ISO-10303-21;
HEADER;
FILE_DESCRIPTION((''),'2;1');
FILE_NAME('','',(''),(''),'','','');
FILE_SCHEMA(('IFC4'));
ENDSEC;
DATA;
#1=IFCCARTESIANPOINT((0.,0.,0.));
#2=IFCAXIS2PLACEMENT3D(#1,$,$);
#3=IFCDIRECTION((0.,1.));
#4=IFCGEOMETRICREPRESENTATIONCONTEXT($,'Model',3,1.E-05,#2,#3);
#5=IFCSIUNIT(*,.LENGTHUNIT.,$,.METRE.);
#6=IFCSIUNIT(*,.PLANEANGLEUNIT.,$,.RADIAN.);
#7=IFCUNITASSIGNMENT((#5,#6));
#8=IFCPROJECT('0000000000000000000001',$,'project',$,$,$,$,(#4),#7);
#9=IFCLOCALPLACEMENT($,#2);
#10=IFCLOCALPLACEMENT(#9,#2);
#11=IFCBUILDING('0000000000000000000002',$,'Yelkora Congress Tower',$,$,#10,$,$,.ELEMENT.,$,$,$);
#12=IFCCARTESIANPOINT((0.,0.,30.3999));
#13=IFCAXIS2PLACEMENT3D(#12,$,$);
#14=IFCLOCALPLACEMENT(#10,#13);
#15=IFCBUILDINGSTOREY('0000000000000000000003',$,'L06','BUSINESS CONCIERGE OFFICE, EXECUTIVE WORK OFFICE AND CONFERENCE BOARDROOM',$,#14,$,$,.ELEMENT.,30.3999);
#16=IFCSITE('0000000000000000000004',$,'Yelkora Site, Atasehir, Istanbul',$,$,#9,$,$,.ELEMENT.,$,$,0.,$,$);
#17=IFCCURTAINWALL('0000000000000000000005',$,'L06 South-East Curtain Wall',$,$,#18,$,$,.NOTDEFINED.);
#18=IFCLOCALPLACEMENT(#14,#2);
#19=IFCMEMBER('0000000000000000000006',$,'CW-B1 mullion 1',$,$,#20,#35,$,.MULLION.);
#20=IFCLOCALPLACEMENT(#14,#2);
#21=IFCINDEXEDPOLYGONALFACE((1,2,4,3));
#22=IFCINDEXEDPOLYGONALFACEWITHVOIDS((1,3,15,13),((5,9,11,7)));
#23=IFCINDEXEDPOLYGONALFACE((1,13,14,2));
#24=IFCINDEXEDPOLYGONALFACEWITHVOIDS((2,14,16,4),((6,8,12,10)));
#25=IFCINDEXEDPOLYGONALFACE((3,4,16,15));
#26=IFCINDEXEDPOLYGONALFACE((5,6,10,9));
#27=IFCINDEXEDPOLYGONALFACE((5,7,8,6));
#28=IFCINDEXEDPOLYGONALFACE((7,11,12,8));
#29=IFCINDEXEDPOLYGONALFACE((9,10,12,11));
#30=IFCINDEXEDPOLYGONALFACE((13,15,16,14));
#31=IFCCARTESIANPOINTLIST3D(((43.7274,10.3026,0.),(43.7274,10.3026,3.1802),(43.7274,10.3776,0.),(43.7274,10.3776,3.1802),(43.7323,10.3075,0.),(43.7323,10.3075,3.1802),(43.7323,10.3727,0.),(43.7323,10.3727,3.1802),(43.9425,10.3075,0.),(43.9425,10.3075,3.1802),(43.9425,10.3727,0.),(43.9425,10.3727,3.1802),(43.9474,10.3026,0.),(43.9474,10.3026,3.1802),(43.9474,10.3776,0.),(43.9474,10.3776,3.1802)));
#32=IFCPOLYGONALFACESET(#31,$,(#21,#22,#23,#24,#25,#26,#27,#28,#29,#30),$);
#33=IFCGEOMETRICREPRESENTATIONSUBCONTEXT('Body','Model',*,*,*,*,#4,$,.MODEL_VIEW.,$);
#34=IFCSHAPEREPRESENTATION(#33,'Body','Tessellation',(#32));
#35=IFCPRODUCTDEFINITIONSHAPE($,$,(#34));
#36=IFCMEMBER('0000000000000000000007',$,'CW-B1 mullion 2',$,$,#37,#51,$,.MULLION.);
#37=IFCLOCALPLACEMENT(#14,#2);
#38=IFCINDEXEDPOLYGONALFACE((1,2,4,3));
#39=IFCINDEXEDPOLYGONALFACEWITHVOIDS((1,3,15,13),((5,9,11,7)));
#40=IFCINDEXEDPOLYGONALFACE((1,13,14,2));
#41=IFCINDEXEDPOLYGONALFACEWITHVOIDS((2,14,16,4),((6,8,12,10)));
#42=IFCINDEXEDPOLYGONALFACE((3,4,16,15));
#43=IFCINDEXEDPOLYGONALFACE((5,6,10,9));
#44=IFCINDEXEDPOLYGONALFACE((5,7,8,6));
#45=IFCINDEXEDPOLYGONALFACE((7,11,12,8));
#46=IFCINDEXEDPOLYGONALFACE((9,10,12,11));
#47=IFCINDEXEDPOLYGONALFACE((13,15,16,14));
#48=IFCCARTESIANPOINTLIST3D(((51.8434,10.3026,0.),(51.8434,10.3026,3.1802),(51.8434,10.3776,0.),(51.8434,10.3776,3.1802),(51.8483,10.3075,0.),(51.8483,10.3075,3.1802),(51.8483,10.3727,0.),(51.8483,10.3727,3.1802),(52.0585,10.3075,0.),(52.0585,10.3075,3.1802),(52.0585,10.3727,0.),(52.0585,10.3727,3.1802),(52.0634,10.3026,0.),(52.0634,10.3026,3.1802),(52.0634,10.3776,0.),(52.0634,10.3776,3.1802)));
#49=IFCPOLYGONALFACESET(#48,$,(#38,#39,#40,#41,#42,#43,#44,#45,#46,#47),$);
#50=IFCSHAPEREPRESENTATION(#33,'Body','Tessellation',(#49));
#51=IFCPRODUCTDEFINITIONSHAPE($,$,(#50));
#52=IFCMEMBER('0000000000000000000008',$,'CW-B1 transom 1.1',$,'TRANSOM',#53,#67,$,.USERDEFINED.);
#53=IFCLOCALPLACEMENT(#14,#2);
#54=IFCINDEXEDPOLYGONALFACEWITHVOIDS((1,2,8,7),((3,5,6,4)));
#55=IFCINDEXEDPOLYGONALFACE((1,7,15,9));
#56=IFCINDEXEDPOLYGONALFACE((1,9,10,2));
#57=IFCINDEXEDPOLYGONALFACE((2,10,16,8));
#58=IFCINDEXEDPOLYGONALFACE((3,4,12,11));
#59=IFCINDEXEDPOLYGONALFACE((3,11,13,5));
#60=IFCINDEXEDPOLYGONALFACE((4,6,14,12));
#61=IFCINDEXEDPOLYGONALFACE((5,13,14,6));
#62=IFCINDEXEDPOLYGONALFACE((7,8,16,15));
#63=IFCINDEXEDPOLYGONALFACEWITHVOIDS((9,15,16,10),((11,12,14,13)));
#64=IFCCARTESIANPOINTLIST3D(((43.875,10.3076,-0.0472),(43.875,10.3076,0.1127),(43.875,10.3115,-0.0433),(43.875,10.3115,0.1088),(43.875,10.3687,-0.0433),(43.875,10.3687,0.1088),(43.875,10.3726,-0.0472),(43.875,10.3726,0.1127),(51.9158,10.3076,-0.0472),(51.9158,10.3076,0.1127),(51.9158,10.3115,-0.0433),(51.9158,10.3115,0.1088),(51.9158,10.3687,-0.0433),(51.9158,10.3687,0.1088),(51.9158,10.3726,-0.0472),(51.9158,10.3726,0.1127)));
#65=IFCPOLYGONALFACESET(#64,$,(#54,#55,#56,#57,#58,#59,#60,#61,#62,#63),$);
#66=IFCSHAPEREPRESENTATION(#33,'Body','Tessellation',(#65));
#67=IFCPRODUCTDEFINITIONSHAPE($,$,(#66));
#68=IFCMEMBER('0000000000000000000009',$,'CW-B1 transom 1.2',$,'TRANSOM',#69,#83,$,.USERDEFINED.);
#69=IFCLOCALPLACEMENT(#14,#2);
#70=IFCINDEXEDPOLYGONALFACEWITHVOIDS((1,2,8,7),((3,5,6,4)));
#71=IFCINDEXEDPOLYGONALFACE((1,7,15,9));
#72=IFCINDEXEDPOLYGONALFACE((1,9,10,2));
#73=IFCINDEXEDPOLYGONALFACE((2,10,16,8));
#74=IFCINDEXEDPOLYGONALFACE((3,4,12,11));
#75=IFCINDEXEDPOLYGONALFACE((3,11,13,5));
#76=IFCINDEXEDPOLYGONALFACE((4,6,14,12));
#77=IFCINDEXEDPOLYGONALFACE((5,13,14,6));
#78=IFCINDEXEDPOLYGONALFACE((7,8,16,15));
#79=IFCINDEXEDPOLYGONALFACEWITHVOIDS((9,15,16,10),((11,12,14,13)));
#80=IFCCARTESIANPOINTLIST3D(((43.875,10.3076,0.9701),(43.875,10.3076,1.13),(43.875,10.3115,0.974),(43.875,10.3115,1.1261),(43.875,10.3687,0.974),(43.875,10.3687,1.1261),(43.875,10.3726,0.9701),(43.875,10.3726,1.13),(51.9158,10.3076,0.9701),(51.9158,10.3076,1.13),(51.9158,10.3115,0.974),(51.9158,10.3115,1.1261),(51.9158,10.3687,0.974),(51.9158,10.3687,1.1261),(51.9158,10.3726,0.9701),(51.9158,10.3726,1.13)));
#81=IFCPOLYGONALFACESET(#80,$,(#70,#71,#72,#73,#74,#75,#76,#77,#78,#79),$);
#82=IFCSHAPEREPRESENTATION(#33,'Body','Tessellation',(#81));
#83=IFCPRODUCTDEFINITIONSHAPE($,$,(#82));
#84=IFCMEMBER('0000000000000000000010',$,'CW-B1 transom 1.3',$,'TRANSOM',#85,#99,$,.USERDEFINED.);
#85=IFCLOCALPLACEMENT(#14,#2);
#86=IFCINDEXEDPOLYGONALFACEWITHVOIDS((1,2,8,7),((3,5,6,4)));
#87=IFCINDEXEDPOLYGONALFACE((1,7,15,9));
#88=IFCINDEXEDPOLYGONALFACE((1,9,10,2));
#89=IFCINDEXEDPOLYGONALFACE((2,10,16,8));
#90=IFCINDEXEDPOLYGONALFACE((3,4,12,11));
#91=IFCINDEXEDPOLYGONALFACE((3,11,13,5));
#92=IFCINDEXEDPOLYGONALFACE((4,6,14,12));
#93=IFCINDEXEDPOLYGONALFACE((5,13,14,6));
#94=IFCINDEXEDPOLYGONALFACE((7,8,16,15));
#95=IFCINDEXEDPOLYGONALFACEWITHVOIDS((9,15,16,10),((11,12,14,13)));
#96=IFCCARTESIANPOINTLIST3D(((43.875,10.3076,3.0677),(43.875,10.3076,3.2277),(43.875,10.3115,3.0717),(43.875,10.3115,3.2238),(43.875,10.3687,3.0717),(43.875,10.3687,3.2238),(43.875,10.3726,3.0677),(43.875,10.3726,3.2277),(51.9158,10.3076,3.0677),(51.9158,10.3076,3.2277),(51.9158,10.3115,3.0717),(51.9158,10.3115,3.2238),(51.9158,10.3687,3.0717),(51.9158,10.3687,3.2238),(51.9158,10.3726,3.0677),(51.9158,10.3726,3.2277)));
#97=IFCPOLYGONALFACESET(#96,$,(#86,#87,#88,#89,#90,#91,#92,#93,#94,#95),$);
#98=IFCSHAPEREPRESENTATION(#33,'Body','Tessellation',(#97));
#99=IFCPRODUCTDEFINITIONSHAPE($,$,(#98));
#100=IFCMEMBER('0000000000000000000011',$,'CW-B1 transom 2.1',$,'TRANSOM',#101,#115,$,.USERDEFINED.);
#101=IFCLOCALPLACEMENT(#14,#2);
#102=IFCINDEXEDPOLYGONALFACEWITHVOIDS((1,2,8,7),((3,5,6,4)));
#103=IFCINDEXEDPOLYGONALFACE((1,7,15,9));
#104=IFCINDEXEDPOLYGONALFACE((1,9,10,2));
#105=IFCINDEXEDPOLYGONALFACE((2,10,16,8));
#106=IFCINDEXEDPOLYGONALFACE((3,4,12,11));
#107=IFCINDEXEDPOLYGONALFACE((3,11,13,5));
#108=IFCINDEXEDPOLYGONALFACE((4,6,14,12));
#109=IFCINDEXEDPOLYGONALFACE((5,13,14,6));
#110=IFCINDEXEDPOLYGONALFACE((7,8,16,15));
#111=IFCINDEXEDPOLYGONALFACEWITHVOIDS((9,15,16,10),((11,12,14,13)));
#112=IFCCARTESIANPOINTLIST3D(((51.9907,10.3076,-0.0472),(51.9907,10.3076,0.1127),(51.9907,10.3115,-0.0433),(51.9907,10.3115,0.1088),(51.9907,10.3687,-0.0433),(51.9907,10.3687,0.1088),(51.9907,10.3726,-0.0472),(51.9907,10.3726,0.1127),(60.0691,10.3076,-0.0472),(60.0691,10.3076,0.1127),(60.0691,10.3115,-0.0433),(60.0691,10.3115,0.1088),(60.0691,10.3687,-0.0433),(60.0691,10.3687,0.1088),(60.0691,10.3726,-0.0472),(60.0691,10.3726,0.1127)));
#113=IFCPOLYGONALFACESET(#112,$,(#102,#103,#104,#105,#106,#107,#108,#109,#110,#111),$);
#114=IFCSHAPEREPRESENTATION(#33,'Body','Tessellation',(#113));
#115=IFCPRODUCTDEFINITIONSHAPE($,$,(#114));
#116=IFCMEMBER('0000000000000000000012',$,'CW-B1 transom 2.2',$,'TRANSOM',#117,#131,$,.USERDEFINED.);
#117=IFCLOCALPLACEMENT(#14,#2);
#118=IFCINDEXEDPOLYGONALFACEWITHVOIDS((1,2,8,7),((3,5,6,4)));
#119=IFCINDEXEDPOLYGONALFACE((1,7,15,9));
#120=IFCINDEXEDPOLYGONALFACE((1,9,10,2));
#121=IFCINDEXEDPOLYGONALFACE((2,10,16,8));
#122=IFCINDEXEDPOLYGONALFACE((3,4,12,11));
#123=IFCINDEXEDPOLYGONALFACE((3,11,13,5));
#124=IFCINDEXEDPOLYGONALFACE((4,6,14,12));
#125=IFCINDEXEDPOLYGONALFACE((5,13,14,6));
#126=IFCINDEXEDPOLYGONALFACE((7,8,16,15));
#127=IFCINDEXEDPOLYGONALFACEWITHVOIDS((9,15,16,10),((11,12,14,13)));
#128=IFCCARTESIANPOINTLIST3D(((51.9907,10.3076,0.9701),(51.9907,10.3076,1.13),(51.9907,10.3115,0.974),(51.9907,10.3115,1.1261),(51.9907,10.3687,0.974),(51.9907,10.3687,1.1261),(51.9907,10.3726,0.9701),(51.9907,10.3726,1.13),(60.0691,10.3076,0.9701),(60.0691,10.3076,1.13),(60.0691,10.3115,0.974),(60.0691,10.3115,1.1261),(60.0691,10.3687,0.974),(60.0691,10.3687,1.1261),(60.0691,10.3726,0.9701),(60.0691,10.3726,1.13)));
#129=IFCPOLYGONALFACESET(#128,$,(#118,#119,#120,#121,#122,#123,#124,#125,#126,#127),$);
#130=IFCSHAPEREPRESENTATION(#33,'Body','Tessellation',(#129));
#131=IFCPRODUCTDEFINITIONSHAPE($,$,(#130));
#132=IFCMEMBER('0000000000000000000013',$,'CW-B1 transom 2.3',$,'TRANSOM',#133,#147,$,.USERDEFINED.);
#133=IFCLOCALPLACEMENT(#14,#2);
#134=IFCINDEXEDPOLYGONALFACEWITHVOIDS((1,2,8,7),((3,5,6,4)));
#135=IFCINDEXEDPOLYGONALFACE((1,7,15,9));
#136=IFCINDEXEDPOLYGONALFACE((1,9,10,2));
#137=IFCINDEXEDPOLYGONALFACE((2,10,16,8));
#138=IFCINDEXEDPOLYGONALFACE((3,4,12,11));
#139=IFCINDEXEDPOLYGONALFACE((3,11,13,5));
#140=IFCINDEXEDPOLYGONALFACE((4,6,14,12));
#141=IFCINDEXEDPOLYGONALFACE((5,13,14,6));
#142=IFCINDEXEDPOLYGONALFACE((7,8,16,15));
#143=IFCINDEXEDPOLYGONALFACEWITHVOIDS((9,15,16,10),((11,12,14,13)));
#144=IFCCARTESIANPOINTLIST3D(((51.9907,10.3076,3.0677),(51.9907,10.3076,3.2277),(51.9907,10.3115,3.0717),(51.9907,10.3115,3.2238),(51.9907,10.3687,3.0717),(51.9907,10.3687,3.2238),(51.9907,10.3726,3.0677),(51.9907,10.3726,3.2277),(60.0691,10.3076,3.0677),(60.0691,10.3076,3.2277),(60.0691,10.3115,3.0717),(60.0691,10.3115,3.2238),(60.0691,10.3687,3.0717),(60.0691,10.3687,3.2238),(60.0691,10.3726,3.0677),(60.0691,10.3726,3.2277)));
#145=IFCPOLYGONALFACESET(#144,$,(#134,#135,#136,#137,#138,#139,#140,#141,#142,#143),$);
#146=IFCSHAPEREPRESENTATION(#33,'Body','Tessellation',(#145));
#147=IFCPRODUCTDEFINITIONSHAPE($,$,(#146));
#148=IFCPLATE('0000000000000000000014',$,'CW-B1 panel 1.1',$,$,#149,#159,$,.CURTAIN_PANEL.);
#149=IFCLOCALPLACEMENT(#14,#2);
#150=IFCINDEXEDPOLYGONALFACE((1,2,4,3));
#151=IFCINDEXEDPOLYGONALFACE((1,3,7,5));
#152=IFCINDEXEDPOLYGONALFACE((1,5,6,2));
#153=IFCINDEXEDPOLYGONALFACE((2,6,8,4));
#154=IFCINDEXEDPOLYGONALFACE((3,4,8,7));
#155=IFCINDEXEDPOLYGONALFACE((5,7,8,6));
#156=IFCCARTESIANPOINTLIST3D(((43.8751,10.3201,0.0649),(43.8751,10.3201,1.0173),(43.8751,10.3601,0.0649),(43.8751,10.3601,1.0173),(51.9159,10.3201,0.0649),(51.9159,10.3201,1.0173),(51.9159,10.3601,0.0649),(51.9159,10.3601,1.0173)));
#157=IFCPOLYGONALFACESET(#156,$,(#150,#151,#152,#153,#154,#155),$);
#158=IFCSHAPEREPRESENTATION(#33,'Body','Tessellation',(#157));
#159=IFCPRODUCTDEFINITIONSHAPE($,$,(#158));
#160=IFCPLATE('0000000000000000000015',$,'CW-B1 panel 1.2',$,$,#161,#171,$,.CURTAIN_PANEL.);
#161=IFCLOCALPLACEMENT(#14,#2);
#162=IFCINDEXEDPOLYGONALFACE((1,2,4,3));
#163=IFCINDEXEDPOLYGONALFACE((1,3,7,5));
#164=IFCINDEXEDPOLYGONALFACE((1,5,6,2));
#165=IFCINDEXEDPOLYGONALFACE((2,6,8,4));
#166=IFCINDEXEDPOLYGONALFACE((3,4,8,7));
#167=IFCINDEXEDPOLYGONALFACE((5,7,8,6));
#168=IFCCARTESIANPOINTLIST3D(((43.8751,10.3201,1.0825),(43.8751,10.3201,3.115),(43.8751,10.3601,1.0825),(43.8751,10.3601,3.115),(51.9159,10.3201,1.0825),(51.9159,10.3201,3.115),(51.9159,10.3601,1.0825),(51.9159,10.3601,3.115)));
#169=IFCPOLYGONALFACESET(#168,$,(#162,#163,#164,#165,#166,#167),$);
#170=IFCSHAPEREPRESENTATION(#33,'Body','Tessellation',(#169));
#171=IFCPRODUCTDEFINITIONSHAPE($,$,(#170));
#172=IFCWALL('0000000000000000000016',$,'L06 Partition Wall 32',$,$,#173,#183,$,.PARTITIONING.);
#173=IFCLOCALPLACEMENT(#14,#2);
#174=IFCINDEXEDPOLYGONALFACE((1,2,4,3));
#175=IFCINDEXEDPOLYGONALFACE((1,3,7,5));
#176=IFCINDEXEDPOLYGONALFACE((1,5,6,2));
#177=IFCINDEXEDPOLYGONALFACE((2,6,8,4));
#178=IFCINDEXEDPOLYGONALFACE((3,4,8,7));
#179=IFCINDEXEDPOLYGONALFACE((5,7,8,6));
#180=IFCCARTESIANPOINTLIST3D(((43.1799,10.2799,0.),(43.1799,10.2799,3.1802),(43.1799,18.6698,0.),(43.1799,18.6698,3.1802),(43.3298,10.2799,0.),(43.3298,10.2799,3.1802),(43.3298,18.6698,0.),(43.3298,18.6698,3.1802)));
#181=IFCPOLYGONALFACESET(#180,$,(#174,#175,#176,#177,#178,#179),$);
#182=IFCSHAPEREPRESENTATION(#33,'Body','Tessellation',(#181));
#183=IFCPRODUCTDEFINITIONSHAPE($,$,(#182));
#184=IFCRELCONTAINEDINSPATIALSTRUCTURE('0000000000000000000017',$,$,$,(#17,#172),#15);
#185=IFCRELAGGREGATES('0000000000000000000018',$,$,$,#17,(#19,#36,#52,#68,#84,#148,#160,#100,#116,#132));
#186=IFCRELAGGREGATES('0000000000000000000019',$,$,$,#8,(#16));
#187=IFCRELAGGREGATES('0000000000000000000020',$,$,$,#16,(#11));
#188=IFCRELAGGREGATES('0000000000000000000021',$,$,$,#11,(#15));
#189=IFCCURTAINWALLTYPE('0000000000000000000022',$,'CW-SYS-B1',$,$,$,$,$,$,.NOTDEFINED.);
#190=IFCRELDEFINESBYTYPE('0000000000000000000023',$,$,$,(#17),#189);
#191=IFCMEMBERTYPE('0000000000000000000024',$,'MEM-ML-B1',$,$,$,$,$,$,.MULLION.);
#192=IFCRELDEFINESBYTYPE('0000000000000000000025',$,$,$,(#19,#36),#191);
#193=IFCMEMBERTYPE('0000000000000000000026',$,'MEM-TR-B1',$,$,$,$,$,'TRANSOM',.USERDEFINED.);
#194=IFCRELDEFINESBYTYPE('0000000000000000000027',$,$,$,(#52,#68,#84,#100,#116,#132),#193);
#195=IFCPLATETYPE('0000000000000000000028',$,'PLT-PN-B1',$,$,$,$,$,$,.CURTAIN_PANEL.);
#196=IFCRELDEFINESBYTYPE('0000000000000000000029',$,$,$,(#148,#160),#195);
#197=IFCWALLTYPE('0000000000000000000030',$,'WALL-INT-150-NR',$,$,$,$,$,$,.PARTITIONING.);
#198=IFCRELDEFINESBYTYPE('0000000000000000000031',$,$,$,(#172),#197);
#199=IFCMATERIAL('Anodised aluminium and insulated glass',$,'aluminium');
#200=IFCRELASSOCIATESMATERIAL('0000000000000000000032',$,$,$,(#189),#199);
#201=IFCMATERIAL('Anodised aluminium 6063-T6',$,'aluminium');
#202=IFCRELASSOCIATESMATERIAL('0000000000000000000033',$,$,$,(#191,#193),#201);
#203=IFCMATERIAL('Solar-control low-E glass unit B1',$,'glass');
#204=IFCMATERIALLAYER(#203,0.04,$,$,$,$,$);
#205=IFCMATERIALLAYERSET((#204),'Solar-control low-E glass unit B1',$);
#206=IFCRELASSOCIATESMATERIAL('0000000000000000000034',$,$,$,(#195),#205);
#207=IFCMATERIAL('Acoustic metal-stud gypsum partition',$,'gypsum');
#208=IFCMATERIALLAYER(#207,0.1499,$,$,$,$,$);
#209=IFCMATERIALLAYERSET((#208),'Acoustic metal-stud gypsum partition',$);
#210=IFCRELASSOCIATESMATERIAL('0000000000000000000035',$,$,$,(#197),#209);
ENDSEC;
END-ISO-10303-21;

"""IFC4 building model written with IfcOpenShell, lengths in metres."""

from ifc_helpers import new_model, si_unit, direction, frame, frame_2d, origin, origin_2d, place, context, subcontext, project, spatial, rectangle, hollow_rectangle, extrude, material, layer, layer_set, material_profile, profile_set, type_object, element, aggregate, save


model = new_model("IFC4")

# Units and contexts
model_context = context("Model", 3, precision=1e-05, world=origin(), true_north=direction((0.0, 1.0)))
body_context = subcontext(model_context, "Body", "Model", "MODEL_VIEW")
ifc_project = project(units=[si_unit("LENGTHUNIT", "METRE"), si_unit("PLANEANGLEUNIT", "RADIAN")], contexts=[model_context])

# Site, building, storey
site_placement = place(None, origin())
site = spatial("IfcSite", under=ifc_project, at=site_placement, Name="Yelkora Site, Atasehir, Istanbul", CompositionType="ELEMENT", RefElevation=0.0)
building_placement = place(site_placement, origin())
building = spatial("IfcBuilding", under=site, at=building_placement, Name="Yelkora Congress Tower", CompositionType="ELEMENT")
storey_placement = place(building_placement, frame((0.0, 0.0, 30.3999)))
storey = spatial("IfcBuildingStorey", under=building, at=storey_placement, Name="L06", Description="BUSINESS CONCIERGE OFFICE, EXECUTIVE WORK OFFICE AND CONFERENCE BOARDROOM", CompositionType="ELEMENT", Elevation=30.3999)

# Curtain wall, members, plates
ifc_material_1 = material(Name="Anodised aluminium and insulated glass", Category="aluminium")
curtain_wall_type = type_object("IfcCurtainWallType", Name="CW-SYS-B1", PredefinedType="NOTDEFINED", material=ifc_material_1)
curtain_wall_placement = place(storey_placement, origin())
curtain_wall = element("IfcCurtainWall", 1, at=curtain_wall_placement, inside=storey, type_object=curtain_wall_type, Name="L06 South-East Curtain Wall", PredefinedType="NOTDEFINED")
ifc_material_2 = material(Name="Anodised aluminium 6063-T6", Category="aluminium")
ifc_material_profile_1 = material_profile(ifc_material_2, hollow_rectangle(XDim=0.075, YDim=0.22, WallThickness=0.0049, at=origin_2d()), Name="ALU 75x220x5")
ifc_profile_set_1 = profile_set([ifc_material_profile_1], Name="Anodised aluminium 6063-T6")
member_type_1 = type_object("IfcMemberType", Name="MEM-ML-B1", PredefinedType="MULLION", material=ifc_profile_set_1)
member_1_placement = place(storey_placement, frame((43.8374, 10.3401, 0.0), z_axis=(0.0, 0.0, 1.0), x_axis=(0.0, 1.0, 0.0)))
member_1 = element("IfcMember", 2, at=member_1_placement, type_object=member_type_1, Name="CW-B1 mullion 1", PredefinedType="MULLION", context=body_context, shape_type="SweptSolid", body=[
    extrude(hollow_rectangle(XDim=0.075, YDim=0.22, WallThickness=0.0049, at=origin_2d()), origin(), (0.0, 0.0, 1.0), 3.1802),
])
member_2_placement = place(storey_placement, frame((51.9534, 10.3401, 0.0), z_axis=(0.0, 0.0, 1.0), x_axis=(0.0, 1.0, 0.0)))
member_2 = element("IfcMember", 3, at=member_2_placement, type_object=member_type_1, Name="CW-B1 mullion 2", PredefinedType="MULLION", context=body_context, shape_type="SweptSolid", body=[
    extrude(hollow_rectangle(XDim=0.075, YDim=0.22, WallThickness=0.0049, at=origin_2d()), origin(), (0.0, 0.0, 1.0), 3.1802),
])
ifc_material_profile_2 = material_profile(ifc_material_2, hollow_rectangle(XDim=0.0649, YDim=0.1599, WallThickness=0.0039, at=origin_2d()), Name="ALU 65x160x4")
ifc_profile_set_2 = profile_set([ifc_material_profile_2], Name="Anodised aluminium 6063-T6")
member_type_2 = type_object("IfcMemberType", Name="MEM-TR-B1", ElementType="TRANSOM", PredefinedType="USERDEFINED", material=ifc_profile_set_2)
member_3_placement = place(storey_placement, frame((43.875, 10.3401, 0.0327), z_axis=(1.0, 0.0, 0.0), x_axis=(0.0, 1.0, 0.0)))
member_3 = element("IfcMember", 4, at=member_3_placement, type_object=member_type_2, Name="CW-B1 transom 1.1", ObjectType="TRANSOM", PredefinedType="USERDEFINED", context=body_context, shape_type="SweptSolid", body=[
    extrude(hollow_rectangle(XDim=0.0649, YDim=0.1599, WallThickness=0.0039, at=origin_2d()), origin(), (0.0, 0.0, 1.0), 8.0408),
])
member_4_placement = place(storey_placement, frame((43.875, 10.3401, 1.05), z_axis=(1.0, 0.0, 0.0), x_axis=(0.0, 1.0, 0.0)))
member_4 = element("IfcMember", 5, at=member_4_placement, type_object=member_type_2, Name="CW-B1 transom 1.2", ObjectType="TRANSOM", PredefinedType="USERDEFINED", context=body_context, shape_type="SweptSolid", body=[
    extrude(hollow_rectangle(XDim=0.0649, YDim=0.1599, WallThickness=0.0039, at=origin_2d()), origin(), (0.0, 0.0, 1.0), 8.0408),
])
member_5_placement = place(storey_placement, frame((43.875, 10.3401, 3.1477), z_axis=(1.0, 0.0, 0.0), x_axis=(0.0, 1.0, 0.0)))
member_5 = element("IfcMember", 6, at=member_5_placement, type_object=member_type_2, Name="CW-B1 transom 1.3", ObjectType="TRANSOM", PredefinedType="USERDEFINED", context=body_context, shape_type="SweptSolid", body=[
    extrude(hollow_rectangle(XDim=0.0649, YDim=0.1599, WallThickness=0.0039, at=origin_2d()), origin(), (0.0, 0.0, 1.0), 8.0408),
])
member_6_placement = place(storey_placement, frame((51.9907, 10.3401, 0.0327), z_axis=(1.0, 0.0, 0.0), x_axis=(0.0, 1.0, 0.0)))
member_6 = element("IfcMember", 7, at=member_6_placement, type_object=member_type_2, Name="CW-B1 transom 2.1", ObjectType="TRANSOM", PredefinedType="USERDEFINED", context=body_context, shape_type="SweptSolid", body=[
    extrude(hollow_rectangle(XDim=0.0649, YDim=0.1599, WallThickness=0.0039, at=origin_2d()), origin(), (0.0, 0.0, 1.0), 8.0784),
])
member_7_placement = place(storey_placement, frame((51.9907, 10.3401, 1.05), z_axis=(1.0, 0.0, 0.0), x_axis=(0.0, 1.0, 0.0)))
member_7 = element("IfcMember", 8, at=member_7_placement, type_object=member_type_2, Name="CW-B1 transom 2.2", ObjectType="TRANSOM", PredefinedType="USERDEFINED", context=body_context, shape_type="SweptSolid", body=[
    extrude(hollow_rectangle(XDim=0.0649, YDim=0.1599, WallThickness=0.0039, at=origin_2d()), origin(), (0.0, 0.0, 1.0), 8.0784),
])
member_8_placement = place(storey_placement, frame((51.9907, 10.3401, 3.1477), z_axis=(1.0, 0.0, 0.0), x_axis=(0.0, 1.0, 0.0)))
member_8 = element("IfcMember", 9, at=member_8_placement, type_object=member_type_2, Name="CW-B1 transom 2.3", ObjectType="TRANSOM", PredefinedType="USERDEFINED", context=body_context, shape_type="SweptSolid", body=[
    extrude(hollow_rectangle(XDim=0.0649, YDim=0.1599, WallThickness=0.0039, at=origin_2d()), origin(), (0.0, 0.0, 1.0), 8.0784),
])
ifc_material_3 = material(Name="Solar-control low-E glass unit B1", Category="glass")
ifc_layer_1 = layer(ifc_material_3, 0.04)
ifc_layer_set_1 = layer_set([ifc_layer_1], Name="Solar-control low-E glass unit B1")
plate_type = type_object("IfcPlateType", Name="PLT-PN-B1", PredefinedType="CURTAIN_PANEL", material=ifc_layer_set_1)
plate_1_placement = place(storey_placement, frame((47.8955, 10.3401, 0.0649), z_axis=(0.0, 0.0, 1.0), x_axis=(1.0, 0.0, 0.0)))
plate_1 = element("IfcPlate", 10, at=plate_1_placement, type_object=plate_type, Name="CW-B1 panel 1.1", PredefinedType="CURTAIN_PANEL", context=body_context, shape_type="SweptSolid", body=[
    extrude(rectangle(XDim=8.0408, YDim=0.04, at=origin_2d()), origin(), (0.0, 0.0, 1.0), 0.9524),
])
plate_2_placement = place(storey_placement, frame((47.8955, 10.3401, 1.0825), z_axis=(0.0, 0.0, 1.0), x_axis=(1.0, 0.0, 0.0)))
plate_2 = element("IfcPlate", 11, at=plate_2_placement, type_object=plate_type, Name="CW-B1 panel 1.2", PredefinedType="CURTAIN_PANEL", context=body_context, shape_type="SweptSolid", body=[
    extrude(rectangle(XDim=8.0408, YDim=0.04, at=origin_2d()), origin(), (0.0, 0.0, 1.0), 2.0325),
])
aggregate(curtain_wall, [member_1, member_2, member_3, member_4, member_5, plate_1, plate_2, member_6, member_7, member_8])

# Wall
ifc_material_4 = material(Name="Acoustic metal-stud gypsum partition", Category="gypsum")
ifc_layer_2 = layer(ifc_material_4, 0.1499)
ifc_layer_set_2 = layer_set([ifc_layer_2], Name="Acoustic metal-stud gypsum partition")
wall_type = type_object("IfcWallType", Name="WALL-INT-150-NR", PredefinedType="PARTITIONING", material=ifc_layer_set_2)
wall_placement = place(storey_placement, frame((43.2549, 10.28, 0.0), z_axis=(0.0, 0.0, 1.0), x_axis=(0.0, 1.0, 0.0)))
element("IfcWall", 12, at=wall_placement, inside=storey, type_object=wall_type, Name="L06 Partition Wall 32", PredefinedType="PARTITIONING", context=body_context, shape_type="SweptSolid", body=[
    extrude(rectangle(XDim=8.3899, YDim=0.1499, at=frame_2d((4.1948, 0.0))), origin(), (0.0, 0.0, 1.0), 3.1802),
])

save(model, "model.ifc")
